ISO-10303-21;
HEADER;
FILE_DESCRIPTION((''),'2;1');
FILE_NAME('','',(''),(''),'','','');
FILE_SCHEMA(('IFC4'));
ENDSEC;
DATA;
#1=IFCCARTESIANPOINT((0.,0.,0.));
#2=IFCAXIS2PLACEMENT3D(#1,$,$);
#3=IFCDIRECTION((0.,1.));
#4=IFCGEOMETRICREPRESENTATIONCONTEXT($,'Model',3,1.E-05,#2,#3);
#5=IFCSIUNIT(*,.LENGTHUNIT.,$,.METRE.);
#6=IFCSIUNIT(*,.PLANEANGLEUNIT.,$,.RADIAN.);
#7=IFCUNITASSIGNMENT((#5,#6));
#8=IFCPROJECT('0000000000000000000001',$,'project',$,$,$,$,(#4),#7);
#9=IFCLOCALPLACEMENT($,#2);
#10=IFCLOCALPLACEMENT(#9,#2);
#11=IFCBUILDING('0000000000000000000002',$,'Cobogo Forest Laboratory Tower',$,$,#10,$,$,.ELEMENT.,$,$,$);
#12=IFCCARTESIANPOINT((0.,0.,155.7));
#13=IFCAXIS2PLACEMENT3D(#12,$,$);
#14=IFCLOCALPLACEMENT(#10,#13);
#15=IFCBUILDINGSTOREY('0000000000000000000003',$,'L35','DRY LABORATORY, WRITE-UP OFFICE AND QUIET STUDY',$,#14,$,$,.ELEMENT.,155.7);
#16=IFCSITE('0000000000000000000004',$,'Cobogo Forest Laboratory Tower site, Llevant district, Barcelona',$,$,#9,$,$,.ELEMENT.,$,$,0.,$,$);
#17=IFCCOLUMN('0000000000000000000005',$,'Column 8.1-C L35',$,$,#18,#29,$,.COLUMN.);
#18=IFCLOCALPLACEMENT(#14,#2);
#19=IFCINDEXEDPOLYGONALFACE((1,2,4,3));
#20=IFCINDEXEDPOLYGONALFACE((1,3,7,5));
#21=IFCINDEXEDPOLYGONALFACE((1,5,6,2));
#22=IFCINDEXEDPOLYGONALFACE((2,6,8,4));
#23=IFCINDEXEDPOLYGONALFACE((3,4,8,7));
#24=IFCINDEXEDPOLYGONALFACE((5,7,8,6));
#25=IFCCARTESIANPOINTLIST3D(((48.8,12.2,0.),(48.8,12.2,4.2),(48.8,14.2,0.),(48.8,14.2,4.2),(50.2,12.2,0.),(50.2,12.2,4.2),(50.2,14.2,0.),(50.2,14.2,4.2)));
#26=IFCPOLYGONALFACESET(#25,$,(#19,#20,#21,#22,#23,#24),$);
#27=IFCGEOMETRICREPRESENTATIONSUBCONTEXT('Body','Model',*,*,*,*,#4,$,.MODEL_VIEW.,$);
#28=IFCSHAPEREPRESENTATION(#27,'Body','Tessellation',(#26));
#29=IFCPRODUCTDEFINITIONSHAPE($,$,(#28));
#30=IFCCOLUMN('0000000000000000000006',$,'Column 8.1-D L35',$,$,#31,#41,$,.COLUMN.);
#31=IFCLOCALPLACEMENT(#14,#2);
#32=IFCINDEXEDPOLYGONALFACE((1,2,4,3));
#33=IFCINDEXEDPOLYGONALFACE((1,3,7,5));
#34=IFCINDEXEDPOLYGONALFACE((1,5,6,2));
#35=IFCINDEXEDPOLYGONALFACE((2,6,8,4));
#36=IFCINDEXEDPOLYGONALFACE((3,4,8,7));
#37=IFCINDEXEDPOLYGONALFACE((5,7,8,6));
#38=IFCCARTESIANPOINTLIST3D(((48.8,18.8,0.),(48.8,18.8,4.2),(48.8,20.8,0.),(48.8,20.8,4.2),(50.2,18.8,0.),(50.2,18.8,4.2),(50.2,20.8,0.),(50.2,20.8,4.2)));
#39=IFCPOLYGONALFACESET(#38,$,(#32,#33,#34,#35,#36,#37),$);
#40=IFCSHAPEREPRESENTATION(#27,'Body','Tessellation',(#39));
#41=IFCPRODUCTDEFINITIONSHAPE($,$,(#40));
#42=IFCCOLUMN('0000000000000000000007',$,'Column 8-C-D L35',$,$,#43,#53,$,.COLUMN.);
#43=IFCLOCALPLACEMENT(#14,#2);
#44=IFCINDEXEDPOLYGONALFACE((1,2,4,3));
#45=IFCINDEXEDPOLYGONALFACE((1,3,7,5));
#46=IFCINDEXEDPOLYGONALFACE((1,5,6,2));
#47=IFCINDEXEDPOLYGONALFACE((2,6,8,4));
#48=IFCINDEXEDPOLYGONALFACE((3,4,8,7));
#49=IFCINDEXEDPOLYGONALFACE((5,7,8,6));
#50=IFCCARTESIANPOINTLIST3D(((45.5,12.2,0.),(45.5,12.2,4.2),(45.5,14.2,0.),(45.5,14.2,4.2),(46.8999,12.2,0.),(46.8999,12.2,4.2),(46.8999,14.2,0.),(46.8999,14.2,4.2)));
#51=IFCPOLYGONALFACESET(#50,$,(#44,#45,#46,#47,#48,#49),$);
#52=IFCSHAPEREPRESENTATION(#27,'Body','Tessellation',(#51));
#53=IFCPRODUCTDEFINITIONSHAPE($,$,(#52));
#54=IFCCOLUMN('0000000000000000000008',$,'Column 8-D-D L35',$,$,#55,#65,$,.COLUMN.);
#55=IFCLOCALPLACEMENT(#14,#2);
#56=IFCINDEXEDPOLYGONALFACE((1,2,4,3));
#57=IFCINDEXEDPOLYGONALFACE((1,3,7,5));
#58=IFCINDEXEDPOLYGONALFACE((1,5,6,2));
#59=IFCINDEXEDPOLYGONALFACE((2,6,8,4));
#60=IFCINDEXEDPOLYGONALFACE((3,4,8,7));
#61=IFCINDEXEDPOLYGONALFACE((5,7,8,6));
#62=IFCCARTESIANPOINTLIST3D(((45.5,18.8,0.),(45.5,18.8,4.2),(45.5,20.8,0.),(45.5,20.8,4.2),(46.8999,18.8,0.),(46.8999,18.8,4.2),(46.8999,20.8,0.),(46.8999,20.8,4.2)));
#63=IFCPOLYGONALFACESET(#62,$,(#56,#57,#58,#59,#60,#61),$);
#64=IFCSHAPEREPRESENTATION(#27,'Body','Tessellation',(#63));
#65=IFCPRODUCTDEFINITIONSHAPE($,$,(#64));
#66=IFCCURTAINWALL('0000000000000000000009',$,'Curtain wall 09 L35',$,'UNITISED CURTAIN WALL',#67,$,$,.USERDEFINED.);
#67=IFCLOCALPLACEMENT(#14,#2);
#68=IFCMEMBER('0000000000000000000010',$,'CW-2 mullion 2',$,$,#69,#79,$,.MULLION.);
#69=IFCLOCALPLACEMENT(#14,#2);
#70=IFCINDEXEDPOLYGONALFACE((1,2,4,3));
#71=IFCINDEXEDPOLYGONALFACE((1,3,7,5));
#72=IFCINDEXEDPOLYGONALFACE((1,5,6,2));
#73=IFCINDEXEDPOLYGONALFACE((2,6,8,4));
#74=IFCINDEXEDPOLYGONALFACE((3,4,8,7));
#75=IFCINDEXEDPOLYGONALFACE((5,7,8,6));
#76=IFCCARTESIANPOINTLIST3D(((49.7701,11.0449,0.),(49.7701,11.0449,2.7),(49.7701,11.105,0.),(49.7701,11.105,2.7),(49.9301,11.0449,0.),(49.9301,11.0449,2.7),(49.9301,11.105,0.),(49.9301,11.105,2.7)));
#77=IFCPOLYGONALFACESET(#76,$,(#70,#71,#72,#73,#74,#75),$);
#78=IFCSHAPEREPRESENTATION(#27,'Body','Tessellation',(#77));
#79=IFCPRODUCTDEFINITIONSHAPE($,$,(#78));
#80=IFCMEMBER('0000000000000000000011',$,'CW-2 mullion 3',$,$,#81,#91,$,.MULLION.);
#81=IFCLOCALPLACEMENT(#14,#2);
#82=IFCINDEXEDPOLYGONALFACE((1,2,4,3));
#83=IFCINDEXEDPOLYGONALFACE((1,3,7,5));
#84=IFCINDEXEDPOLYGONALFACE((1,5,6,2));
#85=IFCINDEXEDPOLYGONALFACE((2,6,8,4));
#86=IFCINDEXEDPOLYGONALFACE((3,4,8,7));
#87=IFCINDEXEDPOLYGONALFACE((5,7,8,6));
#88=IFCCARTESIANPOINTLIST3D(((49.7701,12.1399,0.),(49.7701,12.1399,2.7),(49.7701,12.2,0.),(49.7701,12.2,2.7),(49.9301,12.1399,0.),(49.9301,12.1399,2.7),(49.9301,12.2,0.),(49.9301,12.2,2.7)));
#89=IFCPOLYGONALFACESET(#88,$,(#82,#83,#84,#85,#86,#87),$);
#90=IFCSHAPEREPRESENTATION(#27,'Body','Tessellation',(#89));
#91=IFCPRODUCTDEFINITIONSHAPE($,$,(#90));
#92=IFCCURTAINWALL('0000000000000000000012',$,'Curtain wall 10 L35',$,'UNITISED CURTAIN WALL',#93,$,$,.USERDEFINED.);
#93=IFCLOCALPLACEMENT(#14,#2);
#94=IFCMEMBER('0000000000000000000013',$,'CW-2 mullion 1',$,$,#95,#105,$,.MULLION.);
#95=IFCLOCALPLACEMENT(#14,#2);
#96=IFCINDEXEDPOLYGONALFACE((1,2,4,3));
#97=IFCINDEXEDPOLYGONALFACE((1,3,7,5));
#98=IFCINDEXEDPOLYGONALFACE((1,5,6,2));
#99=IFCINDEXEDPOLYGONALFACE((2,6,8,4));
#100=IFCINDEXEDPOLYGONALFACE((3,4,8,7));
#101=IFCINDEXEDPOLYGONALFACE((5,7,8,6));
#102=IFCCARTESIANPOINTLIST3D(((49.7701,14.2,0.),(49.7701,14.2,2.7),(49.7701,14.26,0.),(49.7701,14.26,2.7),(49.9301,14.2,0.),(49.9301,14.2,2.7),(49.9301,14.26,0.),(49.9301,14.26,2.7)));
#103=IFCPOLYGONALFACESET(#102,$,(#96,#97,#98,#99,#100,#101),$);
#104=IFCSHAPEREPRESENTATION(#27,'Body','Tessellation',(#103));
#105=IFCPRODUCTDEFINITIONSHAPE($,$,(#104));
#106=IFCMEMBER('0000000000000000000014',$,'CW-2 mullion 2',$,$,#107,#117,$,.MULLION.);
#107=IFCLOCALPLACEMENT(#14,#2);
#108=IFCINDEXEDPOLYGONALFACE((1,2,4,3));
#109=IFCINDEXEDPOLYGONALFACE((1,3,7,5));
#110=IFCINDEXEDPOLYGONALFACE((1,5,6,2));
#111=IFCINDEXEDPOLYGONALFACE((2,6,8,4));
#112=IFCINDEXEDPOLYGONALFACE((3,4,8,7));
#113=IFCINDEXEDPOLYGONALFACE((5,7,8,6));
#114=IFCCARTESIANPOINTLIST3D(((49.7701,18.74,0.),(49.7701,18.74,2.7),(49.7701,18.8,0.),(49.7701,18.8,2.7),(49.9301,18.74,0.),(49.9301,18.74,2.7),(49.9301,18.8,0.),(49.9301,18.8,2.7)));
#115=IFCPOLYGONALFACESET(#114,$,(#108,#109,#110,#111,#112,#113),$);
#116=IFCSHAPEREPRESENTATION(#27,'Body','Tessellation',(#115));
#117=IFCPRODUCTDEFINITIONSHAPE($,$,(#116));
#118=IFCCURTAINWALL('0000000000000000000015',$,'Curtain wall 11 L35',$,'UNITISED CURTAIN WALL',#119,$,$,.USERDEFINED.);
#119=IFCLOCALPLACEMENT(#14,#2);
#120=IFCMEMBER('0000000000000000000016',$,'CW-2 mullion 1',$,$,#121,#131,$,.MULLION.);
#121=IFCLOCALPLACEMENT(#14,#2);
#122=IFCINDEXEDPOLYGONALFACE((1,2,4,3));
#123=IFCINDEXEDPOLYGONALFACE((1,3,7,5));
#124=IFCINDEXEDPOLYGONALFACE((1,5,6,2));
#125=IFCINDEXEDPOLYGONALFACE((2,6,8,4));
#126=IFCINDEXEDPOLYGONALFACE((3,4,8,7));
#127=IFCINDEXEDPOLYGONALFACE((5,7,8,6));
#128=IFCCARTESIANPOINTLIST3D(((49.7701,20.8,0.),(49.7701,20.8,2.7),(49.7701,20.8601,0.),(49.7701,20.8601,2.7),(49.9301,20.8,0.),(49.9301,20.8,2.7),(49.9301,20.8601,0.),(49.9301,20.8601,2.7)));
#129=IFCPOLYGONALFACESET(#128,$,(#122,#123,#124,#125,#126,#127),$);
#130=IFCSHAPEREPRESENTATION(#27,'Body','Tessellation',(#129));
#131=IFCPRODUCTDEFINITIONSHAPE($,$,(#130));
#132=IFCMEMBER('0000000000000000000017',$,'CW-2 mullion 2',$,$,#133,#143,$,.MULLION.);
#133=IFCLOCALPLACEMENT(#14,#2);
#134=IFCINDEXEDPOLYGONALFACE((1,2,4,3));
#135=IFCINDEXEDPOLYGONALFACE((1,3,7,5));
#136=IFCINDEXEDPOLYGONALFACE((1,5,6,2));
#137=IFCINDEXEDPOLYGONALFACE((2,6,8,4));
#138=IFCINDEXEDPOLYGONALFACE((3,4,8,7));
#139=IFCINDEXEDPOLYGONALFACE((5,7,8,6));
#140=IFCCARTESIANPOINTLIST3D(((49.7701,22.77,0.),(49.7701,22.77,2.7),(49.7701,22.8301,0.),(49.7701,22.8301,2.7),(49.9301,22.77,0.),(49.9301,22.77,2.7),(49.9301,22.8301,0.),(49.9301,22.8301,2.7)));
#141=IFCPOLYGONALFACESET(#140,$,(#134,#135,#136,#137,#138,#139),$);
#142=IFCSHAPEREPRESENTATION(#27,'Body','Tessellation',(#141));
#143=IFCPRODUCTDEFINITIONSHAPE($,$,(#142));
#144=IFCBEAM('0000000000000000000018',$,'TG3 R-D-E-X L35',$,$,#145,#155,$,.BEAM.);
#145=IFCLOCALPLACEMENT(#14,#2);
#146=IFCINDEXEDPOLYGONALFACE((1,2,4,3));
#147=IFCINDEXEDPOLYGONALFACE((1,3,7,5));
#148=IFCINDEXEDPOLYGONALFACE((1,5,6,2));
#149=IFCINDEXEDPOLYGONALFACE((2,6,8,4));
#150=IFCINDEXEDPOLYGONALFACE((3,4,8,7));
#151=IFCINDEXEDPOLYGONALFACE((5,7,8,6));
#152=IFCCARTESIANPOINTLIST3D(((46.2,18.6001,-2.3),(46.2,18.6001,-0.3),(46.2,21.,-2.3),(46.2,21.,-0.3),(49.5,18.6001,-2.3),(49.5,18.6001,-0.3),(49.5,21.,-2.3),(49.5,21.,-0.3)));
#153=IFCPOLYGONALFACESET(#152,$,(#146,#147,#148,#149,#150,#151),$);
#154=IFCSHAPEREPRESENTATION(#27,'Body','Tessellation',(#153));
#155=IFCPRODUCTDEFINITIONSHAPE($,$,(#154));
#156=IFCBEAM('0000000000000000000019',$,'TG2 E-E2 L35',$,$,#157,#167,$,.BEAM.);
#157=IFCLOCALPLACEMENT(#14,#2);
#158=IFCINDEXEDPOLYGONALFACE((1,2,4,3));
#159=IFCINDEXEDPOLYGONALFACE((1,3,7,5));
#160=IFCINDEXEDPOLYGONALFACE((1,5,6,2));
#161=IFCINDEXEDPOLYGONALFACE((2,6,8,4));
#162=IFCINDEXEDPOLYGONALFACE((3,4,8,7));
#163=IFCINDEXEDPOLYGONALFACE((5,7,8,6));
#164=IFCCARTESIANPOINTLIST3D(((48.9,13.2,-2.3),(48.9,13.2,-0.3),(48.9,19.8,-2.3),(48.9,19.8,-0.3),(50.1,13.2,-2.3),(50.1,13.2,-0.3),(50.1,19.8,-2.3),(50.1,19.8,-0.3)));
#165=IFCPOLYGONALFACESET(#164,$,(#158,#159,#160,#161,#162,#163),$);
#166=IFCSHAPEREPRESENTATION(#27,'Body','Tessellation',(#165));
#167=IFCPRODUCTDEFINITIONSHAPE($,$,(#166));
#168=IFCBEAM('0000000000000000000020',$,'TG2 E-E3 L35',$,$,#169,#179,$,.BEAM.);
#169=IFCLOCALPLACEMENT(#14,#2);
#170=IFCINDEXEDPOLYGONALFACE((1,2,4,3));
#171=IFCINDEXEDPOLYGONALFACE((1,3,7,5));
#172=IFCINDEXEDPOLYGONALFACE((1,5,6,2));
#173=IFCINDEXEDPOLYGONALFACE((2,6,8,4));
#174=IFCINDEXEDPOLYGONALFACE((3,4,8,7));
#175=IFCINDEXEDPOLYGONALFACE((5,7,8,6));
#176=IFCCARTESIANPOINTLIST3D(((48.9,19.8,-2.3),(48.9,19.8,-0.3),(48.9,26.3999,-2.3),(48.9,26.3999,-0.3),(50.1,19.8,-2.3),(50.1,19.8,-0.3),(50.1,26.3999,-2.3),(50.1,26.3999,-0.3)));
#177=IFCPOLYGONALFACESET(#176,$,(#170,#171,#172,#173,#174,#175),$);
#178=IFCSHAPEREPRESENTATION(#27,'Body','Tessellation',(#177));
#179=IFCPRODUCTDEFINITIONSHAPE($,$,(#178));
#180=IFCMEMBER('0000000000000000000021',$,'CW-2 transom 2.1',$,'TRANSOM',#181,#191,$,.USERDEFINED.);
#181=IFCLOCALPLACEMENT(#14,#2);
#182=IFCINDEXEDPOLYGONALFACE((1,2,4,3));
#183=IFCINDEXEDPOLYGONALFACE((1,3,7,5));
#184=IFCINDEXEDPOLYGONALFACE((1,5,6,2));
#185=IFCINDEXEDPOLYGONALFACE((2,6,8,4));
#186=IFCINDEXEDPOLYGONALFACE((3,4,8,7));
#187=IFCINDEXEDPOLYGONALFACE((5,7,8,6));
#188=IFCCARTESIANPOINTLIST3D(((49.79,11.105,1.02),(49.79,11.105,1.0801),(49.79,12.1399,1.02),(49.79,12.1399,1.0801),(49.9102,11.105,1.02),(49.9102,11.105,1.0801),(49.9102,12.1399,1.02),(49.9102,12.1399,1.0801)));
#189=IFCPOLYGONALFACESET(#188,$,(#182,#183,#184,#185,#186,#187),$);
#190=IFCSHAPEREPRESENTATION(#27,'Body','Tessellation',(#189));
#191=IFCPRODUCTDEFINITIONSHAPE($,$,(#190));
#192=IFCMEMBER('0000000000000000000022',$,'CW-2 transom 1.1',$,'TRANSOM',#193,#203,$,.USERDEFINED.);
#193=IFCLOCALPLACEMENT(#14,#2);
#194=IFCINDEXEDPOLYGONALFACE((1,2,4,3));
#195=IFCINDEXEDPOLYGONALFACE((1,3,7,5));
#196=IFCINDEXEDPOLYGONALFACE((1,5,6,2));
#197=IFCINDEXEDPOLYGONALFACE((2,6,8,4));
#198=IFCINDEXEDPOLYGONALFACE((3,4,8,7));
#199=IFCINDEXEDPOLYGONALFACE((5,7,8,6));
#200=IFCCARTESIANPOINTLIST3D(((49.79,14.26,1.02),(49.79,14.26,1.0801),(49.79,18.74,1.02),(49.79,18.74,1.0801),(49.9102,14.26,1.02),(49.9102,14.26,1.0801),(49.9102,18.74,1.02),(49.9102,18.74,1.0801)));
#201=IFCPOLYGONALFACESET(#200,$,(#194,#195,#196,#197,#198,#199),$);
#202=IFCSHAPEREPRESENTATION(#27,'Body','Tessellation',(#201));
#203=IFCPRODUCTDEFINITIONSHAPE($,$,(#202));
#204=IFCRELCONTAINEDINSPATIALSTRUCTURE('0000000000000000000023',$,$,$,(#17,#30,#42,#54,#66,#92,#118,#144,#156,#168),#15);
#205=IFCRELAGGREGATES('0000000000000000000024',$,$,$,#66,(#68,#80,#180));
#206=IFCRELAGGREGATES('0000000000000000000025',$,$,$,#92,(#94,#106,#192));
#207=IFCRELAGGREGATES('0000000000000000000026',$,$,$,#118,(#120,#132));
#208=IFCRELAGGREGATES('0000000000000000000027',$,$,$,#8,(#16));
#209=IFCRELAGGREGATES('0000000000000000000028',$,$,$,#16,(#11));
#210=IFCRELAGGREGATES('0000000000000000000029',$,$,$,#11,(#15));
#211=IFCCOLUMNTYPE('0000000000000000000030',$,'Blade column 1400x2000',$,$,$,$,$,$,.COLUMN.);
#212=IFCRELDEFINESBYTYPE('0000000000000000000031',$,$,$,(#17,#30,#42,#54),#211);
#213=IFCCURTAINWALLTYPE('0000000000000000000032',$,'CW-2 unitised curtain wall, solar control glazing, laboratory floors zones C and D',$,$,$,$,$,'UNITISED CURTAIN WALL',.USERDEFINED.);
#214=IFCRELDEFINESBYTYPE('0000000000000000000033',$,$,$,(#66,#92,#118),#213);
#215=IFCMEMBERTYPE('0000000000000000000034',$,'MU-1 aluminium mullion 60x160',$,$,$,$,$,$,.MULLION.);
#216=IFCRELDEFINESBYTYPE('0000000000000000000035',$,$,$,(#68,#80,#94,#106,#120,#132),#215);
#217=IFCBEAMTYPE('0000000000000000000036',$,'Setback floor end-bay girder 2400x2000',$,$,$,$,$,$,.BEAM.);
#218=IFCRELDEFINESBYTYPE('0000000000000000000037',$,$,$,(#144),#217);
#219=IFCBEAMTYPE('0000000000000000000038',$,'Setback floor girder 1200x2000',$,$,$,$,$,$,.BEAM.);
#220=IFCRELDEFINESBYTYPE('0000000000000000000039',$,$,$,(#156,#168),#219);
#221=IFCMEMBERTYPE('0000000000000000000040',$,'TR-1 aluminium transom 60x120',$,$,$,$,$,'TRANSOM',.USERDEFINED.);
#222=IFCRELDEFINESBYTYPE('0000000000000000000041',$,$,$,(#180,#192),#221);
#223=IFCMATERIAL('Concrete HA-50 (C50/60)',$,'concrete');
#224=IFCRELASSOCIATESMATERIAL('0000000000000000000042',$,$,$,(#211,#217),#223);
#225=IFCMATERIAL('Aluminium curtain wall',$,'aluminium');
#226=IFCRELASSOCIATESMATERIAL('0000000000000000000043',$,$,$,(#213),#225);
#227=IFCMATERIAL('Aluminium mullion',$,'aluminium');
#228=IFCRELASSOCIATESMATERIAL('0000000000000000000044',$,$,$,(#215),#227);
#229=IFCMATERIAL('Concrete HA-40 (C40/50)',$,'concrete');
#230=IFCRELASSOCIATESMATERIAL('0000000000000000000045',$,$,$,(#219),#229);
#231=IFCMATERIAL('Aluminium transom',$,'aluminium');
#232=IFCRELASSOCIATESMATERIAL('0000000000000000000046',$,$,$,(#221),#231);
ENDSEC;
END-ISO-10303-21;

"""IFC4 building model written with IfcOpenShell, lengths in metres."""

from ifc_helpers import new_model, si_unit, direction, frame, origin, origin_2d, place, context, subcontext, project, spatial, rectangle, extrude, material, material_profile, profile_set, type_object, element, aggregate, save


model = new_model("IFC4")

# Units and contexts
model_context = context("Model", 3, precision=1e-05, world=origin(), true_north=direction((0.0, 1.0)))
body_context = subcontext(model_context, "Body", "Model", "MODEL_VIEW")
ifc_project = project(units=[si_unit("LENGTHUNIT", "METRE"), si_unit("PLANEANGLEUNIT", "RADIAN")], contexts=[model_context])

# Site, building, storey
site_placement = place(None, origin())
site = spatial("IfcSite", under=ifc_project, at=site_placement, Name="Cobogo Forest Laboratory Tower site, Llevant district, Barcelona", CompositionType="ELEMENT", RefElevation=0.0)
building_placement = place(site_placement, origin())
building = spatial("IfcBuilding", under=site, at=building_placement, Name="Cobogo Forest Laboratory Tower", CompositionType="ELEMENT")
storey_placement = place(building_placement, frame((0.0, 0.0, 155.7)))
storey = spatial("IfcBuildingStorey", under=building, at=storey_placement, Name="L35", Description="DRY LABORATORY, WRITE-UP OFFICE AND QUIET STUDY", CompositionType="ELEMENT", Elevation=155.7)

# Columns
ifc_material_1 = material(Name="Concrete HA-50 (C50/60)", Category="concrete")
ifc_material_profile_1 = material_profile(ifc_material_1, rectangle(XDim=2.0, YDim=1.3999, at=origin_2d()), Name="RC 1400x2000")
ifc_profile_set_1 = profile_set([ifc_material_profile_1], Name="Concrete HA-50 (C50/60)")
column_type = type_object("IfcColumnType", Name="Blade column 1400x2000", PredefinedType="COLUMN", material=ifc_profile_set_1)
for number, where, z_axis, x_axis, name in (
    (1, (49.5, 13.2, 0.0), (0.0, 0.0, 1.0), (0.0, 1.0, 0.0), "Column 8.1-C L35"),
    (2, (49.5, 19.8, 0.0), (0.0, 0.0, 1.0), (0.0, 1.0, 0.0), "Column 8.1-D L35"),
    (3, (46.2, 13.2, 0.0), (0.0, 0.0, 1.0), (0.0, 1.0, 0.0), "Column 8-C-D L35"),
    (4, (46.2, 19.8, 0.0), (0.0, 0.0, 1.0), (0.0, 1.0, 0.0), "Column 8-D-D L35"),
):
    element("IfcColumn", number, at=place(storey_placement, frame(where, z_axis=z_axis, x_axis=x_axis)), inside=storey, type_object=column_type, Name=name, PredefinedType="COLUMN", context=body_context, shape_type="SweptSolid", body=[
        extrude(rectangle(XDim=2.0, YDim=1.3999, at=origin_2d()), origin(), (0.0, 0.0, 1.0), 4.2),
    ])

# Curtain walls, members
ifc_material_2 = material(Name="Aluminium curtain wall", Category="aluminium")
curtain_wall_type = type_object("IfcCurtainWallType", Name="CW-2 unitised curtain wall, solar control glazing, laboratory floors zones C and D", ElementType="UNITISED CURTAIN WALL", PredefinedType="USERDEFINED", material=ifc_material_2)
curtain_wall_1_placement = place(storey_placement, origin())
curtain_wall_1 = element("IfcCurtainWall", 5, at=curtain_wall_1_placement, inside=storey, type_object=curtain_wall_type, Name="Curtain wall 09 L35", ObjectType="UNITISED CURTAIN WALL", PredefinedType="USERDEFINED")
ifc_material_3 = material(Name="Aluminium mullion", Category="aluminium")
ifc_material_profile_2 = material_profile(ifc_material_3, rectangle(XDim=0.0601, YDim=0.1599, at=origin_2d()), Name="AL 60x160")
ifc_profile_set_2 = profile_set([ifc_material_profile_2], Name="Aluminium mullion")
member_type_1 = type_object("IfcMemberType", Name="MU-1 aluminium mullion 60x160", PredefinedType="MULLION", material=ifc_profile_set_2)
member_1_placement = place(storey_placement, frame((49.8501, 11.075, 0.0), z_axis=(0.0, 0.0, 1.0), x_axis=(0.0, 1.0, 0.0)))
member_1 = element("IfcMember", 6, at=member_1_placement, type_object=member_type_1, Name="CW-2 mullion 2", PredefinedType="MULLION", context=body_context, shape_type="SweptSolid", body=[
    extrude(rectangle(XDim=0.0601, YDim=0.1599, at=origin_2d()), origin(), (0.0, 0.0, 1.0), 2.7),
])
member_2_placement = place(storey_placement, frame((49.8501, 12.1699, 0.0), z_axis=(0.0, 0.0, 1.0), x_axis=(0.0, 1.0, 0.0)))
member_2 = element("IfcMember", 7, at=member_2_placement, type_object=member_type_1, Name="CW-2 mullion 3", PredefinedType="MULLION", context=body_context, shape_type="SweptSolid", body=[
    extrude(rectangle(XDim=0.0601, YDim=0.1599, at=origin_2d()), origin(), (0.0, 0.0, 1.0), 2.7),
])
curtain_wall_2_placement = place(storey_placement, origin())
curtain_wall_2 = element("IfcCurtainWall", 8, at=curtain_wall_2_placement, inside=storey, type_object=curtain_wall_type, Name="Curtain wall 10 L35", ObjectType="UNITISED CURTAIN WALL", PredefinedType="USERDEFINED")
member_3_placement = place(storey_placement, frame((49.8501, 14.23, 0.0), z_axis=(0.0, 0.0, 1.0), x_axis=(0.0, 1.0, 0.0)))
member_3 = element("IfcMember", 9, at=member_3_placement, type_object=member_type_1, Name="CW-2 mullion 1", PredefinedType="MULLION", context=body_context, shape_type="SweptSolid", body=[
    extrude(rectangle(XDim=0.0601, YDim=0.1599, at=origin_2d()), origin(), (0.0, 0.0, 1.0), 2.7),
])
member_4_placement = place(storey_placement, frame((49.8501, 18.77, 0.0), z_axis=(0.0, 0.0, 1.0), x_axis=(0.0, 1.0, 0.0)))
member_4 = element("IfcMember", 10, at=member_4_placement, type_object=member_type_1, Name="CW-2 mullion 2", PredefinedType="MULLION", context=body_context, shape_type="SweptSolid", body=[
    extrude(rectangle(XDim=0.0601, YDim=0.1599, at=origin_2d()), origin(), (0.0, 0.0, 1.0), 2.7),
])
curtain_wall_3_placement = place(storey_placement, origin())
curtain_wall_3 = element("IfcCurtainWall", 11, at=curtain_wall_3_placement, inside=storey, type_object=curtain_wall_type, Name="Curtain wall 11 L35", ObjectType="UNITISED CURTAIN WALL", PredefinedType="USERDEFINED")
member_5_placement = place(storey_placement, frame((49.8501, 20.8301, 0.0), z_axis=(0.0, 0.0, 1.0), x_axis=(0.0, 1.0, 0.0)))
member_5 = element("IfcMember", 12, at=member_5_placement, type_object=member_type_1, Name="CW-2 mullion 1", PredefinedType="MULLION", context=body_context, shape_type="SweptSolid", body=[
    extrude(rectangle(XDim=0.0601, YDim=0.1599, at=origin_2d()), origin(), (0.0, 0.0, 1.0), 2.7),
])
member_6_placement = place(storey_placement, frame((49.8501, 22.8, 0.0), z_axis=(0.0, 0.0, 1.0), x_axis=(0.0, 1.0, 0.0)))
member_6 = element("IfcMember", 13, at=member_6_placement, type_object=member_type_1, Name="CW-2 mullion 2", PredefinedType="MULLION", context=body_context, shape_type="SweptSolid", body=[
    extrude(rectangle(XDim=0.0601, YDim=0.1599, at=origin_2d()), origin(), (0.0, 0.0, 1.0), 2.7),
])

# Beams
ifc_material_profile_3 = material_profile(ifc_material_1, rectangle(XDim=2.3999, YDim=2.0, at=origin_2d()), Name="RC 2400x2000")
ifc_profile_set_3 = profile_set([ifc_material_profile_3], Name="Concrete HA-50 (C50/60)")
beam_type_1 = type_object("IfcBeamType", Name="Setback floor end-bay girder 2400x2000", PredefinedType="BEAM", material=ifc_profile_set_3)
beam_1_placement = place(storey_placement, frame((49.5, 19.8, -1.3), z_axis=(-1.0, 0.0, 0.0), x_axis=(0.0, -1.0, 0.0)))
element("IfcBeam", 14, at=beam_1_placement, inside=storey, type_object=beam_type_1, Name="TG3 R-D-E-X L35", PredefinedType="BEAM", context=body_context, shape_type="SweptSolid", body=[
    extrude(rectangle(XDim=2.3999, YDim=2.0, at=origin_2d()), origin(), (0.0, 0.0, 1.0), 3.3),
])
ifc_material_4 = material(Name="Concrete HA-40 (C40/50)", Category="concrete")
ifc_material_profile_4 = material_profile(ifc_material_4, rectangle(XDim=1.2, YDim=2.0, at=origin_2d()), Name="RC 1200x2000")
ifc_profile_set_4 = profile_set([ifc_material_profile_4], Name="Concrete HA-40 (C40/50)")
beam_type_2 = type_object("IfcBeamType", Name="Setback floor girder 1200x2000", PredefinedType="BEAM", material=ifc_profile_set_4)
beam_2_placement = place(storey_placement, frame((49.5, 13.2, -1.3), z_axis=(0.0, 1.0, 0.0), x_axis=(-1.0, 0.0, 0.0)))
element("IfcBeam", 15, at=beam_2_placement, inside=storey, type_object=beam_type_2, Name="TG2 E-E2 L35", PredefinedType="BEAM", context=body_context, shape_type="SweptSolid", body=[
    extrude(rectangle(XDim=1.2, YDim=2.0, at=origin_2d()), origin(), (0.0, 0.0, 1.0), 6.6001),
])
beam_3_placement = place(storey_placement, frame((49.5, 19.8, -1.3), z_axis=(0.0, 1.0, 0.0), x_axis=(-1.0, 0.0, 0.0)))
element("IfcBeam", 16, at=beam_3_placement, inside=storey, type_object=beam_type_2, Name="TG2 E-E3 L35", PredefinedType="BEAM", context=body_context, shape_type="SweptSolid", body=[
    extrude(rectangle(XDim=1.2, YDim=2.0, at=origin_2d()), origin(), (0.0, 0.0, 1.0), 6.5999),
])

# Members
ifc_material_5 = material(Name="Aluminium transom", Category="aluminium")
ifc_material_profile_5 = material_profile(ifc_material_5, rectangle(XDim=0.1201, YDim=0.0601, at=origin_2d()), Name="AL 60x120")
ifc_profile_set_5 = profile_set([ifc_material_profile_5], Name="Aluminium transom")
member_type_2 = type_object("IfcMemberType", Name="TR-1 aluminium transom 60x120", ElementType="TRANSOM", PredefinedType="USERDEFINED", material=ifc_profile_set_5)
member_7_placement = place(storey_placement, frame((49.8501, 11.105, 1.05), z_axis=(0.0, 1.0, 0.0), x_axis=(-1.0, 0.0, 0.0)))
member_7 = element("IfcMember", 17, at=member_7_placement, type_object=member_type_2, Name="CW-2 transom 2.1", ObjectType="TRANSOM", PredefinedType="USERDEFINED", context=body_context, shape_type="SweptSolid", body=[
    extrude(rectangle(XDim=0.1201, YDim=0.0601, at=origin_2d()), origin(), (0.0, 0.0, 1.0), 1.0349),
])
member_8_placement = place(storey_placement, frame((49.8501, 14.26, 1.05), z_axis=(0.0, 1.0, 0.0), x_axis=(-1.0, 0.0, 0.0)))
member_8 = element("IfcMember", 18, at=member_8_placement, type_object=member_type_2, Name="CW-2 transom 1.1", ObjectType="TRANSOM", PredefinedType="USERDEFINED", context=body_context, shape_type="SweptSolid", body=[
    extrude(rectangle(XDim=0.1201, YDim=0.0601, at=origin_2d()), origin(), (0.0, 0.0, 1.0), 4.48),
])

aggregate(curtain_wall_1, [member_1, member_2, member_7])
aggregate(curtain_wall_2, [member_3, member_4, member_8])
aggregate(curtain_wall_3, [member_5, member_6])

save(model, "model.ifc")
